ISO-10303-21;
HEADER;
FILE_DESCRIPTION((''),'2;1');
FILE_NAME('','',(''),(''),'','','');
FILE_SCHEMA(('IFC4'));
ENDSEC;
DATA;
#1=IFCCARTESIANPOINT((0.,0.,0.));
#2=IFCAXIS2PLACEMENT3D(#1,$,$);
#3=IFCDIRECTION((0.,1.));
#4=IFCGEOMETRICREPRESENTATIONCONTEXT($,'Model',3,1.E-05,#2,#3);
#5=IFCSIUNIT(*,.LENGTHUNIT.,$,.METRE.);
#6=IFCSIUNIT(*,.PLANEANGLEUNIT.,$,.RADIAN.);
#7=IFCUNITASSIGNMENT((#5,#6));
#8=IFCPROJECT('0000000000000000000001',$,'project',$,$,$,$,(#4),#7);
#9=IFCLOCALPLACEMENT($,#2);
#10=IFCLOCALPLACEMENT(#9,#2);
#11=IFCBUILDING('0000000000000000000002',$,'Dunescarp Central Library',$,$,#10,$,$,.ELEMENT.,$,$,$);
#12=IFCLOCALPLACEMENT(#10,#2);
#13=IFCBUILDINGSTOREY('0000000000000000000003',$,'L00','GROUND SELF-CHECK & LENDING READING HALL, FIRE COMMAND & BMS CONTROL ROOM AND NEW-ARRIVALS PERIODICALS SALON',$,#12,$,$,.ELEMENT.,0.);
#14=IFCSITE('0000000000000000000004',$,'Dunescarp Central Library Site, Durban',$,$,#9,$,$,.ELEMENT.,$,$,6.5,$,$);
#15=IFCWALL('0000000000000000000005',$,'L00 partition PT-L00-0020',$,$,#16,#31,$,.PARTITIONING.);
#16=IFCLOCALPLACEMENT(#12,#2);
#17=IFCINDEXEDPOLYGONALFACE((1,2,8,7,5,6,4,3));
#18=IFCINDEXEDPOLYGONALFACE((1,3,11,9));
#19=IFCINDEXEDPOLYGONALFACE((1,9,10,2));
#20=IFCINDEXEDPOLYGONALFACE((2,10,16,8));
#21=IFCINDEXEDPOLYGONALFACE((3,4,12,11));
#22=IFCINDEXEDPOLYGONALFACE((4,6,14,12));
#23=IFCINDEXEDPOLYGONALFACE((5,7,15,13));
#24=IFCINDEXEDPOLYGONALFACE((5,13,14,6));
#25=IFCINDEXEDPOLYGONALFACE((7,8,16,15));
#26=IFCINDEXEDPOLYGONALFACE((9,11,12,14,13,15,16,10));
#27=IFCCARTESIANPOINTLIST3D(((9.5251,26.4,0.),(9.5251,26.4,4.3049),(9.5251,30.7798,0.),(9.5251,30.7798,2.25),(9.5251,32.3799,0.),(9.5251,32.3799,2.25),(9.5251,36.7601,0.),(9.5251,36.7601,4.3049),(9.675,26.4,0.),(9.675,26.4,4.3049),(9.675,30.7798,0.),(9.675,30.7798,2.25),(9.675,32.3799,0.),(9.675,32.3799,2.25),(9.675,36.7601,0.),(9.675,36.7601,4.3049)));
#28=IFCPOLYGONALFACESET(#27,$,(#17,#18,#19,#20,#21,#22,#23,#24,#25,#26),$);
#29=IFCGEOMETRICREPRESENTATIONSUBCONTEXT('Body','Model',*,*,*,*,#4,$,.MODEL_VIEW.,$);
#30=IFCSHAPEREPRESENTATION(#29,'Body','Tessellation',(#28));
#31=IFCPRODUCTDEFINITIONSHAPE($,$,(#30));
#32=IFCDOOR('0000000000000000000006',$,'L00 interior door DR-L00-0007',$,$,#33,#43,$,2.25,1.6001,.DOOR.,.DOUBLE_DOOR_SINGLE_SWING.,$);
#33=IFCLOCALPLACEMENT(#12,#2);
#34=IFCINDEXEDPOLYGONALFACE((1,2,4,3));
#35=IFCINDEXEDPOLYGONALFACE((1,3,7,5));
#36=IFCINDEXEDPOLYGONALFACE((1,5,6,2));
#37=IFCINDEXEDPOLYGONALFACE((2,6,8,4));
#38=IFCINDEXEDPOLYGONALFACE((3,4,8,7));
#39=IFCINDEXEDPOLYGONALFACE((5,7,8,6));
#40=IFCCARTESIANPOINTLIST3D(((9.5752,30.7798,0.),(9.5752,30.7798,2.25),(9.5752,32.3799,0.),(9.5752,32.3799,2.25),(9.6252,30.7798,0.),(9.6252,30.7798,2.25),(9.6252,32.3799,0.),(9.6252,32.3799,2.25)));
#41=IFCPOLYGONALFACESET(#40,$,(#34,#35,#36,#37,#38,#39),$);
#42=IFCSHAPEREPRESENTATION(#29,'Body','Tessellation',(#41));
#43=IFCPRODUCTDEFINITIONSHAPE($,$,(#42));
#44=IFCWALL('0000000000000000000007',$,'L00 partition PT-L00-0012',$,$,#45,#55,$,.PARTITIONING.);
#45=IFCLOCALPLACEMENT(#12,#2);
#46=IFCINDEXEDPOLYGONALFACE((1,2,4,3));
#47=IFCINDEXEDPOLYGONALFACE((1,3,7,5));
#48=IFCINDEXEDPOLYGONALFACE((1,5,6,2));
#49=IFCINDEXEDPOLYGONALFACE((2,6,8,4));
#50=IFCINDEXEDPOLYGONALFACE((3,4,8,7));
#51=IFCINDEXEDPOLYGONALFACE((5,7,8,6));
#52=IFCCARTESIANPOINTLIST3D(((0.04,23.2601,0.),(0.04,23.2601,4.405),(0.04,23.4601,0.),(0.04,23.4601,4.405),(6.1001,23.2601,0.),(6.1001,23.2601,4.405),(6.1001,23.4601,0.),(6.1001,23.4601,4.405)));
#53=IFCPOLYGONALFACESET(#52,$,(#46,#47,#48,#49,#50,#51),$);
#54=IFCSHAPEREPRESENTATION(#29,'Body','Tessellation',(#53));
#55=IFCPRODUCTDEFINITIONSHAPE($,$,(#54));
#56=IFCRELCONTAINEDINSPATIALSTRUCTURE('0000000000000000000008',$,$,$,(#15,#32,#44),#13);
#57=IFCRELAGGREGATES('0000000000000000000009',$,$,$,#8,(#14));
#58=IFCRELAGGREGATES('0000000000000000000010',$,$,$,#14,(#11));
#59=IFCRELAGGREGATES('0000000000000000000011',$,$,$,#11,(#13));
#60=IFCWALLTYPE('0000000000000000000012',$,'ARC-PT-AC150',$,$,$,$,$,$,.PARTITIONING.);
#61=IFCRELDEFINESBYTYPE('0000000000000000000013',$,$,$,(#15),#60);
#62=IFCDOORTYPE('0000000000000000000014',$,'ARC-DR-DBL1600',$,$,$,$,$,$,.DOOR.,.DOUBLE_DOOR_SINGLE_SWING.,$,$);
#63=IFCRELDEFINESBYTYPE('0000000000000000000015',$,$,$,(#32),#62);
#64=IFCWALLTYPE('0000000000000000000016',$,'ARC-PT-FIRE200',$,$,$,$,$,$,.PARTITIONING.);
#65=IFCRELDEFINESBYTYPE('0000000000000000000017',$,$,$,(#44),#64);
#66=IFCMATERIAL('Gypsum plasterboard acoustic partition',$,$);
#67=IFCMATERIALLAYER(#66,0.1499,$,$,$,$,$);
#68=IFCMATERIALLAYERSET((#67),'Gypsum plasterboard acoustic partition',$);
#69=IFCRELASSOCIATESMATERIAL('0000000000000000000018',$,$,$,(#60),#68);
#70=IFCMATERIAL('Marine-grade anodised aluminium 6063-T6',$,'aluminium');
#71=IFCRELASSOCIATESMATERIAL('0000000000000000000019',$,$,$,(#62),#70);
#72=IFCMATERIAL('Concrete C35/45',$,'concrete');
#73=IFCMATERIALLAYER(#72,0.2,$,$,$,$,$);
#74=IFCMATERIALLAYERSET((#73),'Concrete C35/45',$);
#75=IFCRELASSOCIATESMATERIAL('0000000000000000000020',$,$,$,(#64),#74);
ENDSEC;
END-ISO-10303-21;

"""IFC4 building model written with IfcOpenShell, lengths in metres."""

from ifc_helpers import new_model, si_unit, direction, frame, frame_2d, origin, place, context, subcontext, project, spatial, rectangle, extrude, material, layer, layer_set, type_object, element, fill, save


model = new_model("IFC4")

# Units and contexts
model_context = context("Model", 3, precision=1e-05, world=origin(), true_north=direction((0.0, 1.0)))
body_context = subcontext(model_context, "Body", "Model", "MODEL_VIEW")
ifc_project = project(units=[si_unit("LENGTHUNIT", "METRE"), si_unit("PLANEANGLEUNIT", "RADIAN")], contexts=[model_context])

# Site, building, storey
site_placement = place(None, origin())
site = spatial("IfcSite", under=ifc_project, at=site_placement, Name="Dunescarp Central Library Site, Durban", CompositionType="ELEMENT", RefElevation=6.5)
building_placement = place(site_placement, origin())
building = spatial("IfcBuilding", under=site, at=building_placement, Name="Dunescarp Central Library", CompositionType="ELEMENT")
storey_placement = place(building_placement, origin())
storey = spatial("IfcBuildingStorey", under=building, at=storey_placement, Name="L00", Description="GROUND SELF-CHECK & LENDING READING HALL, FIRE COMMAND & BMS CONTROL ROOM AND NEW-ARRIVALS PERIODICALS SALON", CompositionType="ELEMENT", Elevation=0.0)

# Shared definitions
ifc_material_1 = material(Name="Marine-grade anodised aluminium 6063-T6", Category="aluminium")

# Shared definitions
ifc_material_2 = material(Name="Gypsum plasterboard acoustic partition")
ifc_layer_1 = layer(ifc_material_2, 0.1499)
ifc_layer_set_1 = layer_set([ifc_layer_1], Name="Gypsum plasterboard acoustic partition")
wall_type_1 = type_object("IfcWallType", Name="ARC-PT-AC150", PredefinedType="PARTITIONING", material=ifc_layer_set_1)

# Wall, opening, door
wall_1_placement = place(storey_placement, frame((9.6001, 26.3999, 0.0), z_axis=(0.0, 0.0, 1.0), x_axis=(0.0, 1.0, 0.0)))
wall_1 = element("IfcWall", 1, at=wall_1_placement, inside=storey, type_object=wall_type_1, Name="L00 partition PT-L00-0020", PredefinedType="PARTITIONING", context=body_context, shape_type="SweptSolid", body=[
    extrude(rectangle(XDim=10.3601, YDim=0.1499, at=frame_2d((5.1802, 0.0))), origin(), (0.0, 0.0, 1.0), 4.3049),
])
opening_1_placement = place(wall_1_placement, frame((4.3799, 0.0, 0.0)))
opening_1 = element("IfcOpeningElement", 2, at=opening_1_placement, cuts=wall_1, PredefinedType="OPENING", context=body_context, shape_type="SweptSolid", body=[
    extrude(rectangle(XDim=1.6001, YDim=2.25, at=frame_2d((0.8, 1.125))), frame((0.0, 0.085, 0.0), z_axis=(0.0, -1.0, 0.0), x_axis=(1.0, 0.0, 0.0)), (0.0, 0.0, 1.0), 0.1699),
])
door_type_1 = type_object("IfcDoorType", Name="ARC-DR-DBL1600", OperationType="DOUBLE_DOOR_SINGLE_SWING", PredefinedType="DOOR", material=ifc_material_1)
door_1_placement = place(opening_1_placement, origin())
door_1 = element("IfcDoor", 3, at=door_1_placement, inside=storey, type_object=door_type_1, Name="L00 interior door DR-L00-0007", OperationType="DOUBLE_DOOR_SINGLE_SWING", OverallHeight=2.25, OverallWidth=1.6001, PredefinedType="DOOR", context=body_context, shape_type="SweptSolid", body=[
    extrude(rectangle(XDim=1.6001, YDim=2.25, at=frame_2d((0.8, 1.125))), frame((0.0, 0.0249, 0.0), z_axis=(0.0, -1.0, 0.0), x_axis=(1.0, 0.0, 0.0)), (0.0, 0.0, 1.0), 0.05),
])
fill(opening_1, door_1)

# Wall
ifc_material_3 = material(Name="Concrete C35/45", Category="concrete")
ifc_layer_2 = layer(ifc_material_3, 0.2)
ifc_layer_set_2 = layer_set([ifc_layer_2], Name="Concrete C35/45")
wall_type_2 = type_object("IfcWallType", Name="ARC-PT-FIRE200", PredefinedType="PARTITIONING", material=ifc_layer_set_2)
wall_2_placement = place(storey_placement, frame((0.04, 23.3601, 0.0), z_axis=(0.0, 0.0, 1.0), x_axis=(1.0, 0.0, 0.0)))
element("IfcWall", 4, at=wall_2_placement, inside=storey, type_object=wall_type_2, Name="L00 partition PT-L00-0012", PredefinedType="PARTITIONING", context=body_context, shape_type="SweptSolid", body=[
    extrude(rectangle(XDim=6.0601, YDim=0.2, at=frame_2d((3.03, 0.0))), origin(), (0.0, 0.0, 1.0), 4.405),
])

save(model, "model.ifc")
